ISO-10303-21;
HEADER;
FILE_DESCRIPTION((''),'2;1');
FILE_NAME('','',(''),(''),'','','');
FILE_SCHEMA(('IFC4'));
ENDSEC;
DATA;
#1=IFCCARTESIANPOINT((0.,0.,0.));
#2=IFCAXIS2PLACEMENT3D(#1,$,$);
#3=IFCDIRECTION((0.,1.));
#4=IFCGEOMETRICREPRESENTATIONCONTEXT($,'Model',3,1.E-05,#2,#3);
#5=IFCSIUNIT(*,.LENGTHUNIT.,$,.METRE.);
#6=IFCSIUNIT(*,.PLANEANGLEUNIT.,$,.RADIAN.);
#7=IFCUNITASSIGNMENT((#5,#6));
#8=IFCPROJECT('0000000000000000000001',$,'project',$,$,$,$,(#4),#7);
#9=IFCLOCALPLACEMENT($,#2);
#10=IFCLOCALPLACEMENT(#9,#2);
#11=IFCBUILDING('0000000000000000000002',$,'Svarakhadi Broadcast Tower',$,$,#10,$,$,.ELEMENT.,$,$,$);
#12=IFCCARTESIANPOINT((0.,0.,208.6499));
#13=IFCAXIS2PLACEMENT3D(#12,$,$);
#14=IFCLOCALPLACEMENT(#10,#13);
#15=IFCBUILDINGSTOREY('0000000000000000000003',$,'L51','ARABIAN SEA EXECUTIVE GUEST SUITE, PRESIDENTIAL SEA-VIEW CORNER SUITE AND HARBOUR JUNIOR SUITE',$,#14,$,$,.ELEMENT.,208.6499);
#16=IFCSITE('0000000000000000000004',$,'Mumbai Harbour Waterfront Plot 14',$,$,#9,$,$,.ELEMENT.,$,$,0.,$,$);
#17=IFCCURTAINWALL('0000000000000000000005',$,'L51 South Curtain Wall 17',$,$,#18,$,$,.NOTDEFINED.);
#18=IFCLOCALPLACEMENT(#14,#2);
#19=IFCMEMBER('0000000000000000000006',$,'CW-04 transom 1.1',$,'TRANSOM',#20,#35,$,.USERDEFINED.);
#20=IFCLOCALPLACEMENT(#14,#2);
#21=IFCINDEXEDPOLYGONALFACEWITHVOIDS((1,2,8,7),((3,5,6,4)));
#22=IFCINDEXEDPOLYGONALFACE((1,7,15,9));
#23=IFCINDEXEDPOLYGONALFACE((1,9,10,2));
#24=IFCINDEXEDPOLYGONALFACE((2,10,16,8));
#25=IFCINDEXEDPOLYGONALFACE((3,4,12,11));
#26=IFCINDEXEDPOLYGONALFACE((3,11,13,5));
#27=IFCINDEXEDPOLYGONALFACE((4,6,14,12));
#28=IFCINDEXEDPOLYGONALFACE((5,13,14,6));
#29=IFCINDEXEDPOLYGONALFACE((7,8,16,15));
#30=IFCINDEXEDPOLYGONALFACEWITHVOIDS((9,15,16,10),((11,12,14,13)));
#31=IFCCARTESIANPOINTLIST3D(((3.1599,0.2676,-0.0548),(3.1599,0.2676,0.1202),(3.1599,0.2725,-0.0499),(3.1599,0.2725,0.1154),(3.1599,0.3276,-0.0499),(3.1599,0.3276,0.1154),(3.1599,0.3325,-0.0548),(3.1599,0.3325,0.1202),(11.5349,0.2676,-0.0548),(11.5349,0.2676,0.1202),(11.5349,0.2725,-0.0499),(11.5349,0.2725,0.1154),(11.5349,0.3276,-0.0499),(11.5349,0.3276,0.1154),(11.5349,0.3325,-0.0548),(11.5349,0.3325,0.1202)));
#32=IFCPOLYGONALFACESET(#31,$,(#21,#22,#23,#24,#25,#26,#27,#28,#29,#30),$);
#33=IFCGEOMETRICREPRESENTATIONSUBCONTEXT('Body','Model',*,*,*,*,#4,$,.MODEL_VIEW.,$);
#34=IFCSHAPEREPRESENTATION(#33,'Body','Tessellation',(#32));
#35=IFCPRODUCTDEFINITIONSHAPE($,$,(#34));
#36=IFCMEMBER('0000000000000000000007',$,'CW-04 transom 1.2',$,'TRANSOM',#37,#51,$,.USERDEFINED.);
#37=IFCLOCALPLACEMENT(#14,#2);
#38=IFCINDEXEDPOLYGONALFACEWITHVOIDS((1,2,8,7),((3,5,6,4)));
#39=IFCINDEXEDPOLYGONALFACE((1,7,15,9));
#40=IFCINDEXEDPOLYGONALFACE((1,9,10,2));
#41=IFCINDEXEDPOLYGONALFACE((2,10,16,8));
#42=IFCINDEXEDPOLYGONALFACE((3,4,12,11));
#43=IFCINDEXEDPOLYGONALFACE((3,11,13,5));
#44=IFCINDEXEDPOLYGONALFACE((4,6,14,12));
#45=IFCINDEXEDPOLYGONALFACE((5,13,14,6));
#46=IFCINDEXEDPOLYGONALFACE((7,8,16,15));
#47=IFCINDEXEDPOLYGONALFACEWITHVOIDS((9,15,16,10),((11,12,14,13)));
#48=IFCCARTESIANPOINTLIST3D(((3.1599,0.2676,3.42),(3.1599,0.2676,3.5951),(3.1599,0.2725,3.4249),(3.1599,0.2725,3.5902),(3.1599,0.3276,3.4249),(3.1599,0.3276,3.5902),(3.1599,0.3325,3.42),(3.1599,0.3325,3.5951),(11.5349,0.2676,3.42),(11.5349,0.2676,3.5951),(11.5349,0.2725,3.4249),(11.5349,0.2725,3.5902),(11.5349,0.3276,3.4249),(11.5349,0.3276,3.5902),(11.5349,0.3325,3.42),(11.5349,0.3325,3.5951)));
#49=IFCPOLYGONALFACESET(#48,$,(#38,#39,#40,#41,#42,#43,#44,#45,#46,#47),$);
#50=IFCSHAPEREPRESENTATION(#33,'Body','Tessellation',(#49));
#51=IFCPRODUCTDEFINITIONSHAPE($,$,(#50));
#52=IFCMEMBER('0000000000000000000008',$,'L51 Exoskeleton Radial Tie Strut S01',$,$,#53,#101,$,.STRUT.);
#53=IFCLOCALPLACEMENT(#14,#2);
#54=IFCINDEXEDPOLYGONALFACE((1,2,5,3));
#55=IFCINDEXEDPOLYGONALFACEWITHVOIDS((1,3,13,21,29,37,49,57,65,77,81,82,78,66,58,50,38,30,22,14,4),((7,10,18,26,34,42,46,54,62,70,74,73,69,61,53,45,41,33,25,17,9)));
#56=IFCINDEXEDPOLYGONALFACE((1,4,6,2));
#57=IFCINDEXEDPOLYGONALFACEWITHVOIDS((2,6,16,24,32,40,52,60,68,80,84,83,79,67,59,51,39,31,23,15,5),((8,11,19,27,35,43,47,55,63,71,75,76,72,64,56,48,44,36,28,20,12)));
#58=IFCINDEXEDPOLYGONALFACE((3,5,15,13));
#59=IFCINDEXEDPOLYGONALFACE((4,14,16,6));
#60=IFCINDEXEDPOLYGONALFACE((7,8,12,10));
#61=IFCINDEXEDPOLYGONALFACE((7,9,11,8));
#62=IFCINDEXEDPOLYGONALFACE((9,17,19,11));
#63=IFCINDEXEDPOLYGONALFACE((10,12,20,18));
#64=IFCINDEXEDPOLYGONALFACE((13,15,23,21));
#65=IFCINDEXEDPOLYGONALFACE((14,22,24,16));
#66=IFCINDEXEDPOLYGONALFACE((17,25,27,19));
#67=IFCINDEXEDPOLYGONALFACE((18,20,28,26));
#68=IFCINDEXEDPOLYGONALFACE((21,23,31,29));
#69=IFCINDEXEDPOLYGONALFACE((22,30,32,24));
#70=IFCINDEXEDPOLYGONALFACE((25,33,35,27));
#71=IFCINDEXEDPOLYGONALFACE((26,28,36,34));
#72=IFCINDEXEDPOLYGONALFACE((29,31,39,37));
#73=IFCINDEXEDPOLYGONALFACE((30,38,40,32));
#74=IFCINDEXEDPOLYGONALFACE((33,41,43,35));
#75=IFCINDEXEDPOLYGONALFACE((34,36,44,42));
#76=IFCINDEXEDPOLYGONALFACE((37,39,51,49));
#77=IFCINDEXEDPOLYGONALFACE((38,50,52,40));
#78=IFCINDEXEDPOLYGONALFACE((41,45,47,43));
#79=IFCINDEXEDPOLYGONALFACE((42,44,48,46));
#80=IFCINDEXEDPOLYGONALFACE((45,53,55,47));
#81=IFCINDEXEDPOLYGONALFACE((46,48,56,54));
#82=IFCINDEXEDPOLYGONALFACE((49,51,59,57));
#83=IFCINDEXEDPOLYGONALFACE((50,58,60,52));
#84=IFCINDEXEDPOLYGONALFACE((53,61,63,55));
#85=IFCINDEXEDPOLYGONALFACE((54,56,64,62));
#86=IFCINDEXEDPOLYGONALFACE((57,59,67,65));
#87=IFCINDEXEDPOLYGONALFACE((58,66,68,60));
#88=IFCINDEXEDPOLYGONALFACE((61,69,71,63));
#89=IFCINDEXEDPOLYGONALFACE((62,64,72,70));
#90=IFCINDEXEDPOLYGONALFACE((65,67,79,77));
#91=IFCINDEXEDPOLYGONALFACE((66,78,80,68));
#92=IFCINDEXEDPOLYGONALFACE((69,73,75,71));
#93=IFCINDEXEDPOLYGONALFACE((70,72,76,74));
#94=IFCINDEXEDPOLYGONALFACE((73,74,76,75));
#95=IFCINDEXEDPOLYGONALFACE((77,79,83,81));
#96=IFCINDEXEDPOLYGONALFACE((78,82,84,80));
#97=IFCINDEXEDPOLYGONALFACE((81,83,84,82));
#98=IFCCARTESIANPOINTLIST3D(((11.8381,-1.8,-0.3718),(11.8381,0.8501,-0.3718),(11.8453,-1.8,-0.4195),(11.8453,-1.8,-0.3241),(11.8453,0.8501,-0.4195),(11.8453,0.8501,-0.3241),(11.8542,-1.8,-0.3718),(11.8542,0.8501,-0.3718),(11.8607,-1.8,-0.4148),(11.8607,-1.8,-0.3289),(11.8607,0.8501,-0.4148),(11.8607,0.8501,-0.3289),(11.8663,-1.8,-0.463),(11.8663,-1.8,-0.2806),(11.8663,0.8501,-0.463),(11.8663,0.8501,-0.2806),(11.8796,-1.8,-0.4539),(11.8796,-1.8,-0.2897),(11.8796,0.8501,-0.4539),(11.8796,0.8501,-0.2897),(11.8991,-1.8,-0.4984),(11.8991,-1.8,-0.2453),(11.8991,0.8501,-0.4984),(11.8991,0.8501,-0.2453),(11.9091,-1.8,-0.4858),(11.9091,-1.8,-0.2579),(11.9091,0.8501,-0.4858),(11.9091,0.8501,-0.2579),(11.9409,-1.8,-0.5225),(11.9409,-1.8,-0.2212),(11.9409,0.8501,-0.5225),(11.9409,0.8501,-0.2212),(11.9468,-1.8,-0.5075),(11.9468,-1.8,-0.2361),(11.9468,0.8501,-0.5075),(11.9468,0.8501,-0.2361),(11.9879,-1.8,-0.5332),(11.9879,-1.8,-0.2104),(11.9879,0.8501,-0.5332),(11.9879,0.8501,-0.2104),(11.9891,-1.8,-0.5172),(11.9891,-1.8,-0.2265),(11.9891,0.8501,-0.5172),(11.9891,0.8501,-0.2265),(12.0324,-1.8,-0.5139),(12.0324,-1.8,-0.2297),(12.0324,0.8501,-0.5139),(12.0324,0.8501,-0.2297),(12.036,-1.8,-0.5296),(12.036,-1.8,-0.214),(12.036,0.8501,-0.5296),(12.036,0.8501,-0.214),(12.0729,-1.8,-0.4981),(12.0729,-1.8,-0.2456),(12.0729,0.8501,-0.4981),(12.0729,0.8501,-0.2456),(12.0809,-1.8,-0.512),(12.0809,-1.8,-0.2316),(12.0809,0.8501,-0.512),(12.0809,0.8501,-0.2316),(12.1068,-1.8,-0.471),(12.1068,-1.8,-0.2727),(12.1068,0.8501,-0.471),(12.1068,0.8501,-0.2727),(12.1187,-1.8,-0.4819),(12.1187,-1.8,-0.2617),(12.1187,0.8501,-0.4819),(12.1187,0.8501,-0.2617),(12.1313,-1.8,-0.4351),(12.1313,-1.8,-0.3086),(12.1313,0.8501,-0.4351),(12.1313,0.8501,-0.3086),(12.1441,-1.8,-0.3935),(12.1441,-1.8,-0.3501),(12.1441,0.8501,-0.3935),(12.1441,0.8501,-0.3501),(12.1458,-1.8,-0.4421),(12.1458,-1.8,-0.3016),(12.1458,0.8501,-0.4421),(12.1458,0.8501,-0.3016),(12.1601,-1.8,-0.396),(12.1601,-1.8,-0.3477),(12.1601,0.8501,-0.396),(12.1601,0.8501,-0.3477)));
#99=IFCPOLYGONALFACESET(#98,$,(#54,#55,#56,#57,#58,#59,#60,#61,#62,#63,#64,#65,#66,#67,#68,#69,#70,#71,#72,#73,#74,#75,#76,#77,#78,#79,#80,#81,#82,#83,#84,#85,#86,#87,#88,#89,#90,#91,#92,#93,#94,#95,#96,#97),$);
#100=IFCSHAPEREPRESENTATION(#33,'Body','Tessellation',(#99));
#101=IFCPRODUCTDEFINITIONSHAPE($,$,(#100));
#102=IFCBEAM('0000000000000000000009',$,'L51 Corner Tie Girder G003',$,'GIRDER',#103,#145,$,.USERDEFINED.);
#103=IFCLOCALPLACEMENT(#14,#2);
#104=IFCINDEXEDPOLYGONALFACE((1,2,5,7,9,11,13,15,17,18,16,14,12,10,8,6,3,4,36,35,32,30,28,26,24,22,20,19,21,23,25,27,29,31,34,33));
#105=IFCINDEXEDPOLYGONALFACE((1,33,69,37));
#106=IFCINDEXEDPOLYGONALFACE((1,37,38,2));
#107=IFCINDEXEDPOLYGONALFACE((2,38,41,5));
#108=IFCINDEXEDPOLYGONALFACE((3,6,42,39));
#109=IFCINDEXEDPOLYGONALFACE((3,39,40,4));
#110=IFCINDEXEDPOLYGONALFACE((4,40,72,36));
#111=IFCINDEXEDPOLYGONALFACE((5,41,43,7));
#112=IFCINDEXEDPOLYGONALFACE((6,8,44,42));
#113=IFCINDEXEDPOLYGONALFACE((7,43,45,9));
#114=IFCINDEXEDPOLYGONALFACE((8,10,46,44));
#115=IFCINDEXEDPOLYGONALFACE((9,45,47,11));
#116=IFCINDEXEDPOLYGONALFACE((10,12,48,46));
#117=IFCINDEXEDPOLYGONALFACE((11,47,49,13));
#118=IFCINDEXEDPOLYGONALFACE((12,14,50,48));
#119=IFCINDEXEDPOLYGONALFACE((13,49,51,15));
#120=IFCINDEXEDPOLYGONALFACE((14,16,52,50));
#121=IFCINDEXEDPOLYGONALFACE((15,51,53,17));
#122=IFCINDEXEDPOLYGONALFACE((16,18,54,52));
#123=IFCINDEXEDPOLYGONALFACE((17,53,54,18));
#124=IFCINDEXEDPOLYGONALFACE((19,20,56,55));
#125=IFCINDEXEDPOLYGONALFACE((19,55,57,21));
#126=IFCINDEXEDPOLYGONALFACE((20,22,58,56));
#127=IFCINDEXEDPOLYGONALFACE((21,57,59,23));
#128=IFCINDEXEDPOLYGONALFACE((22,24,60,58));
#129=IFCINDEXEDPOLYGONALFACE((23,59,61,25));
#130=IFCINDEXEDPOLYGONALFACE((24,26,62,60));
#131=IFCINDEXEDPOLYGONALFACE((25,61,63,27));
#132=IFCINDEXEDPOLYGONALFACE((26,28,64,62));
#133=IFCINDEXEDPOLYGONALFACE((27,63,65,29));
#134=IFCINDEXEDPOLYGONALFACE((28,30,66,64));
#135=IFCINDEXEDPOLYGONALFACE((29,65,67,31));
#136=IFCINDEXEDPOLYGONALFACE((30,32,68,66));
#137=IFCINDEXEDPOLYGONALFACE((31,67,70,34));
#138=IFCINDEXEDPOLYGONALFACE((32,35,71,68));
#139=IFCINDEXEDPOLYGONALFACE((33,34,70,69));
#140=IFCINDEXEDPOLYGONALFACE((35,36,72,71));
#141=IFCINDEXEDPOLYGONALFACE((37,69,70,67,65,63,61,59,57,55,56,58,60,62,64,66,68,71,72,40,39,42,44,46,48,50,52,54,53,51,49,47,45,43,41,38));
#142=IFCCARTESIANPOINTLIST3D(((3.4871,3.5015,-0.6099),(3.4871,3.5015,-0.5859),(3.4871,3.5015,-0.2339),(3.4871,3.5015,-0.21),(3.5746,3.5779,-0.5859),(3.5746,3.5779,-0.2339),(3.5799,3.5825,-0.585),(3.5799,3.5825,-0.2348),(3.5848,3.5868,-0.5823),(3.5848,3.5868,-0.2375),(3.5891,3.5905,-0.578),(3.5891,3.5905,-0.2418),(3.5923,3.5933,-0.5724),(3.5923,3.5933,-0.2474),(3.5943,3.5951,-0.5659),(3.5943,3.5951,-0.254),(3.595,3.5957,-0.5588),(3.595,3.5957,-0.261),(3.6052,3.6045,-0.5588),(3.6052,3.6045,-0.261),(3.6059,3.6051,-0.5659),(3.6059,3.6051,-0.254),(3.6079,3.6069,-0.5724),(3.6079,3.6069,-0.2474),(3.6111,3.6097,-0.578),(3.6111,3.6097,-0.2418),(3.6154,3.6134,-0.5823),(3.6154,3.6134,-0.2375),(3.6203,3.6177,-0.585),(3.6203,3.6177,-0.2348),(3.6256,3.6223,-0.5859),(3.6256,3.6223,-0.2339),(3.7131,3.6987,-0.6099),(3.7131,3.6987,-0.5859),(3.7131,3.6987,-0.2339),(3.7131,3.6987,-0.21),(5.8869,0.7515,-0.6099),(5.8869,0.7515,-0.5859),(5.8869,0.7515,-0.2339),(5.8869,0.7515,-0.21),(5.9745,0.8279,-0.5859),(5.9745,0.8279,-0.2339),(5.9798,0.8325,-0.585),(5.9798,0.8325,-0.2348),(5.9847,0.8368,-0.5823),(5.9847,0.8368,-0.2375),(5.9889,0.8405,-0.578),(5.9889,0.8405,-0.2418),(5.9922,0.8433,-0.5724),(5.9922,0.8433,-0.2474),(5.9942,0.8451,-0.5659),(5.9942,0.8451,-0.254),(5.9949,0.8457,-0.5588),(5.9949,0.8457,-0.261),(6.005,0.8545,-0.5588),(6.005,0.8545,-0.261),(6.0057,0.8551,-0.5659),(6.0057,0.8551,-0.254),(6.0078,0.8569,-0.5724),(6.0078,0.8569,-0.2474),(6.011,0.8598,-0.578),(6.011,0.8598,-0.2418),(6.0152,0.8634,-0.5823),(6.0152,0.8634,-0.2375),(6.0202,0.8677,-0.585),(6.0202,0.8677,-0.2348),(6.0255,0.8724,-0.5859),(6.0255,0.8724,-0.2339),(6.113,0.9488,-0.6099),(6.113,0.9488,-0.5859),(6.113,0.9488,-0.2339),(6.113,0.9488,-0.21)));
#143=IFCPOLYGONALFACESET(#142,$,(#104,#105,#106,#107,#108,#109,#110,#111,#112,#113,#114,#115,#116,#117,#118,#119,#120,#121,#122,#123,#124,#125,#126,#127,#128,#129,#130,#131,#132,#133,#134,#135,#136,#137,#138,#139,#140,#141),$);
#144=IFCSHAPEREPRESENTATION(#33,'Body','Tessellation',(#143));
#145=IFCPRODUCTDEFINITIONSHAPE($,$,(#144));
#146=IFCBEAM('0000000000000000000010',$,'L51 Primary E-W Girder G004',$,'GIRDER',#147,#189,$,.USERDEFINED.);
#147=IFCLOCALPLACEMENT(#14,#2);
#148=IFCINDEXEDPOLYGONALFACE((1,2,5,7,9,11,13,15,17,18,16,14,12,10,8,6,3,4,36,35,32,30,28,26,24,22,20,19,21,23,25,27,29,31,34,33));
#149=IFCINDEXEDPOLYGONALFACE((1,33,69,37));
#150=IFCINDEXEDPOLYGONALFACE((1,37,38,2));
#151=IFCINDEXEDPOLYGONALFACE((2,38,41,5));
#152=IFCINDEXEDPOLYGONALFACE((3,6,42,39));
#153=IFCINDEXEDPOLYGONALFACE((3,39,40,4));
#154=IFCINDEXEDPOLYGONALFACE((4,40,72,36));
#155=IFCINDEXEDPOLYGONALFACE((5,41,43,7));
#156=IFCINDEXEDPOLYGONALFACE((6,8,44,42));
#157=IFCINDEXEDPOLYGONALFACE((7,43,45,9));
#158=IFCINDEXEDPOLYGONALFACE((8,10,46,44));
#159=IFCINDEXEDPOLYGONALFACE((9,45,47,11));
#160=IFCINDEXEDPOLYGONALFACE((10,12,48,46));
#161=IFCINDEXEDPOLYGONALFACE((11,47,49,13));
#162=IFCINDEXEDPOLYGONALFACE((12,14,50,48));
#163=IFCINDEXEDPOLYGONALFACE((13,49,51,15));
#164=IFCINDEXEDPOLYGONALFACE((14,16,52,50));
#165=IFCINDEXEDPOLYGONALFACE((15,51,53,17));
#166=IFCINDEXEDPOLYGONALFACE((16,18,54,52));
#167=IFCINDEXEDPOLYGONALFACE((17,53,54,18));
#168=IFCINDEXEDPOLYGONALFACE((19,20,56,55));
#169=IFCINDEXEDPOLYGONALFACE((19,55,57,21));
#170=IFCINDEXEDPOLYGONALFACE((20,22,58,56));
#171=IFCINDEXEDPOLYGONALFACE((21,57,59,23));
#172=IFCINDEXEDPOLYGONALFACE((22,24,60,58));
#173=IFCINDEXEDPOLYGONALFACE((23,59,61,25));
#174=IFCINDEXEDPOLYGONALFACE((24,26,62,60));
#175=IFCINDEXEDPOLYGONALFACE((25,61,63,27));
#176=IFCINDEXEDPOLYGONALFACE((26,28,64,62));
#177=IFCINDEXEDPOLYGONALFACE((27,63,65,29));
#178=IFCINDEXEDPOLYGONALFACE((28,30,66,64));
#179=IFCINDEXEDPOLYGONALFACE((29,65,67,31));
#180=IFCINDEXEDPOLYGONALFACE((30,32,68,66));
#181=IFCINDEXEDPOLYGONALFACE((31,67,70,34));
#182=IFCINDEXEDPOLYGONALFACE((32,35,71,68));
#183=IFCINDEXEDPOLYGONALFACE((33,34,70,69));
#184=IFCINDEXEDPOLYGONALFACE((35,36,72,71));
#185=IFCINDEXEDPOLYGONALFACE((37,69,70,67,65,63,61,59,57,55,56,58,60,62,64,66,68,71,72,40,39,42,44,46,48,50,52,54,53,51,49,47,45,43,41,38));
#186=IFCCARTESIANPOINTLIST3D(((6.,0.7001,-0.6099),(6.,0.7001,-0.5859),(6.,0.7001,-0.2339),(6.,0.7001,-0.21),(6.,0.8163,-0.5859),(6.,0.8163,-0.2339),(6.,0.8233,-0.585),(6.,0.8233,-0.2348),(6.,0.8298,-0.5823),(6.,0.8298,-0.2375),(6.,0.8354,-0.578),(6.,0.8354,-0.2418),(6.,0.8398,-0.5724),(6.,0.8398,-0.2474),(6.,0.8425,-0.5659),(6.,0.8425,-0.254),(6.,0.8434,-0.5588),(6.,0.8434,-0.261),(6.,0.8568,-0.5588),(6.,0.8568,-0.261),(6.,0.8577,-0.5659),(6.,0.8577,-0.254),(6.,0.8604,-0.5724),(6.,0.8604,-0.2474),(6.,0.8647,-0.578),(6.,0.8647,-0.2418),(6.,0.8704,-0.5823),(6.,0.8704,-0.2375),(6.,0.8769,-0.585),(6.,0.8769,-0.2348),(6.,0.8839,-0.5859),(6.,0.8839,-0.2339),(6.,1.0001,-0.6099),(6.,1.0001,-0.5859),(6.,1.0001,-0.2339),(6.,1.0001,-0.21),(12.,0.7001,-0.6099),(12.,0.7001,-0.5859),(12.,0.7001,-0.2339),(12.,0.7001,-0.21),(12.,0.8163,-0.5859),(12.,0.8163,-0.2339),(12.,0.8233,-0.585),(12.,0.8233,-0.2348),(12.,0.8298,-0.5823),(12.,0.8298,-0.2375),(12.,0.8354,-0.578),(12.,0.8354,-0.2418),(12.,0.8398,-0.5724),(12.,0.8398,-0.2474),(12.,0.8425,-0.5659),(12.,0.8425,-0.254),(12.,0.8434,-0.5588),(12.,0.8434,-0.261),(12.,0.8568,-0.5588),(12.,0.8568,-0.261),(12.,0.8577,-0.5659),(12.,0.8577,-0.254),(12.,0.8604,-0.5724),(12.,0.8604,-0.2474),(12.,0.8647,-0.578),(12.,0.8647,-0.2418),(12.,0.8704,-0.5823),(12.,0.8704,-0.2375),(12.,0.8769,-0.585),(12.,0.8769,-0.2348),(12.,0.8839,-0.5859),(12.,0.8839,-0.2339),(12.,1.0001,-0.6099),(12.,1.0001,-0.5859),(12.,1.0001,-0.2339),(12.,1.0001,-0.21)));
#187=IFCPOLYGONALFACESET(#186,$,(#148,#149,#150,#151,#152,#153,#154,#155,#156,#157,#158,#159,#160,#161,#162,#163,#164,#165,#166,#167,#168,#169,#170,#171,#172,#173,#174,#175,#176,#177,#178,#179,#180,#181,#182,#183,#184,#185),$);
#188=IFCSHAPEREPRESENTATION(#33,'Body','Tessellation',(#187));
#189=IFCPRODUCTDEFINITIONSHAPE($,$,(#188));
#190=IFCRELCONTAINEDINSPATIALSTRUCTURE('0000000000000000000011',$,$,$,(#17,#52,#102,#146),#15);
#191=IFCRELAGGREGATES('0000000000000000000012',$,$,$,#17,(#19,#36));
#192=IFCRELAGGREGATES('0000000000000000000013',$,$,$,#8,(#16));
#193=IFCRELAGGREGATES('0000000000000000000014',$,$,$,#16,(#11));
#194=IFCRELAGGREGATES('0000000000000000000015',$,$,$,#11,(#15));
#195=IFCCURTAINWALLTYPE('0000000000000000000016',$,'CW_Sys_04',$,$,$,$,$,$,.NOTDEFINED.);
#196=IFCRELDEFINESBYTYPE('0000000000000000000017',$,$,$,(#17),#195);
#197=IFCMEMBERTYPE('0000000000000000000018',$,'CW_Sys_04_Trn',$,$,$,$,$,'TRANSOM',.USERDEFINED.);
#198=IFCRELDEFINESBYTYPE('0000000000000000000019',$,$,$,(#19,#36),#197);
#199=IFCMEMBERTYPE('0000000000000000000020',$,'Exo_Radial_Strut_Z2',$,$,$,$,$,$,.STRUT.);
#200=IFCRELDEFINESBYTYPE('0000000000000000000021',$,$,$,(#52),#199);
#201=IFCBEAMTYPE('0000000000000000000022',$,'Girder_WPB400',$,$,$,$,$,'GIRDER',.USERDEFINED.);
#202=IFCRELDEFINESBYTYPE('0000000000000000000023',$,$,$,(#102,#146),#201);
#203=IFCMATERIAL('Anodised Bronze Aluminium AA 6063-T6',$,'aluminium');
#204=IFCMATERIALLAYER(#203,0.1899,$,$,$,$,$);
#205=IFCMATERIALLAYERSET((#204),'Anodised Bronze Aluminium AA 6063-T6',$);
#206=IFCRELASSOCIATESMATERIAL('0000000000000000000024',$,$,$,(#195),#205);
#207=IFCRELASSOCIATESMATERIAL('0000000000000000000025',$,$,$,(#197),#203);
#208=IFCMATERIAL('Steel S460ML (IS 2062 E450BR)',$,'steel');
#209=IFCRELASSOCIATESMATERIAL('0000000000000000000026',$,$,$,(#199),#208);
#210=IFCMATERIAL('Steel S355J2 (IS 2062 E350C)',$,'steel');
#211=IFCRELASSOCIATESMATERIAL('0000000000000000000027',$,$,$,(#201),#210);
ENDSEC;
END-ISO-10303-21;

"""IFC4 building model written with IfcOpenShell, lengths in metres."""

from ifc_helpers import new_model, si_unit, direction, frame, origin, origin_2d, place, context, subcontext, project, spatial, hollow_rectangle, hollow_circle, i_section, extrude, material, layer, layer_set, material_profile, profile_set, type_object, element, aggregate, save


model = new_model("IFC4")

# Units and contexts
model_context = context("Model", 3, precision=1e-05, world=origin(), true_north=direction((0.0, 1.0)))
body_context = subcontext(model_context, "Body", "Model", "MODEL_VIEW")
ifc_project = project(units=[si_unit("LENGTHUNIT", "METRE"), si_unit("PLANEANGLEUNIT", "RADIAN")], contexts=[model_context])

# Site, building, storey
site_placement = place(None, origin())
site = spatial("IfcSite", under=ifc_project, at=site_placement, Name="Mumbai Harbour Waterfront Plot 14", CompositionType="ELEMENT", RefElevation=0.0)
building_placement = place(site_placement, origin())
building = spatial("IfcBuilding", under=site, at=building_placement, Name="Svarakhadi Broadcast Tower", CompositionType="ELEMENT")
storey_placement = place(building_placement, frame((0.0, 0.0, 208.6499)))
storey = spatial("IfcBuildingStorey", under=building, at=storey_placement, Name="L51", Description="ARABIAN SEA EXECUTIVE GUEST SUITE, PRESIDENTIAL SEA-VIEW CORNER SUITE AND HARBOUR JUNIOR SUITE", CompositionType="ELEMENT", Elevation=208.6499)

# Shared definitions
ifc_material_1 = material(Name="Steel S460ML (IS 2062 E450BR)", Category="steel")

# Shared definitions
ifc_material_2 = material(Name="Steel S355J2 (IS 2062 E350C)", Category="steel")

# Curtain wall, members
ifc_material_3 = material(Name="Anodised Bronze Aluminium AA 6063-T6", Category="aluminium")
ifc_layer_1 = layer(ifc_material_3, 0.1899)
ifc_layer_set_1 = layer_set([ifc_layer_1], Name="Anodised Bronze Aluminium AA 6063-T6")
curtain_wall_type = type_object("IfcCurtainWallType", Name="CW_Sys_04", PredefinedType="NOTDEFINED", material=ifc_layer_set_1)
curtain_wall_placement = place(storey_placement, origin())
curtain_wall = element("IfcCurtainWall", 1, at=curtain_wall_placement, inside=storey, type_object=curtain_wall_type, Name="L51 South Curtain Wall 17", PredefinedType="NOTDEFINED")
ifc_material_profile_1 = material_profile(ifc_material_3, hollow_rectangle(XDim=0.0649, YDim=0.175, WallThickness=0.0049, at=origin_2d()), Name="ALU TRANSOM 175x65x5")
ifc_profile_set_1 = profile_set([ifc_material_profile_1], Name="Anodised Bronze Aluminium AA 6063-T6")
member_type_1 = type_object("IfcMemberType", Name="CW_Sys_04_Trn", ElementType="TRANSOM", PredefinedType="USERDEFINED", material=ifc_profile_set_1)
member_1_placement = place(storey_placement, frame((11.5349, 0.3, 0.0327), z_axis=(-1.0, 0.0, 0.0), x_axis=(0.0, -1.0, 0.0)))
member_1 = element("IfcMember", 2, at=member_1_placement, type_object=member_type_1, Name="CW-04 transom 1.1", ObjectType="TRANSOM", PredefinedType="USERDEFINED", context=body_context, shape_type="SweptSolid", body=[
    extrude(hollow_rectangle(XDim=0.0649, YDim=0.175, WallThickness=0.0049, at=origin_2d()), origin(), (0.0, 0.0, 1.0), 8.375),
])
member_2_placement = place(storey_placement, frame((11.5349, 0.3, 3.5076), z_axis=(-1.0, 0.0, 0.0), x_axis=(0.0, -1.0, 0.0)))
member_2 = element("IfcMember", 3, at=member_2_placement, type_object=member_type_1, Name="CW-04 transom 1.2", ObjectType="TRANSOM", PredefinedType="USERDEFINED", context=body_context, shape_type="SweptSolid", body=[
    extrude(hollow_rectangle(XDim=0.0649, YDim=0.175, WallThickness=0.0049, at=origin_2d()), origin(), (0.0, 0.0, 1.0), 8.375),
])

# Member
ifc_material_profile_2 = material_profile(ifc_material_1, hollow_circle(Radius=0.1619, WallThickness=0.0161, at=origin_2d()), Name="CHS 323.9x16")
ifc_profile_set_2 = profile_set([ifc_material_profile_2], Name="Steel S460ML (IS 2062 E450BR)")
member_type_2 = type_object("IfcMemberType", Name="Exo_Radial_Strut_Z2", PredefinedType="STRUT", material=ifc_profile_set_2)
member_3_placement = place(storey_placement, frame((12.0, -1.8, -0.3718), z_axis=(0.0, 1.0, 0.0), x_axis=(-1.0, 0.0, 0.0)))
element("IfcMember", 4, at=member_3_placement, inside=storey, type_object=member_type_2, Name="L51 Exoskeleton Radial Tie Strut S01", PredefinedType="STRUT", context=body_context, shape_type="SweptSolid", body=[
    extrude(hollow_circle(Radius=0.1619, WallThickness=0.0161, at=origin_2d()), origin(), (0.0, 0.0, 1.0), 2.6501),
])

# Beams
ifc_material_profile_3 = material_profile(ifc_material_2, i_section(OverallWidth=0.3, OverallDepth=0.3999, WebThickness=0.0134, FlangeThickness=0.0239, FilletRadius=0.0271, at=origin_2d()), Name="WPB 400x300x155")
ifc_profile_set_3 = profile_set([ifc_material_profile_3], Name="Steel S355J2 (IS 2062 E350C)")
beam_type_1 = type_object("IfcBeamType", Name="Girder_WPB400", ElementType="GIRDER", PredefinedType="USERDEFINED", material=ifc_profile_set_3)
beam_1_placement = place(storey_placement, frame((3.6001, 3.6001, -0.4099), z_axis=(0.657519, -0.753438, 0.0), x_axis=(0.753438, 0.657519, 0.0)))
element("IfcBeam", 5, at=beam_1_placement, inside=storey, type_object=beam_type_1, Name="L51 Corner Tie Girder G003", ObjectType="GIRDER", PredefinedType="USERDEFINED", context=body_context, shape_type="SweptSolid", body=[
    extrude(i_section(OverallWidth=0.3, OverallDepth=0.3999, WebThickness=0.0134, FlangeThickness=0.0239, FilletRadius=0.0271, at=origin_2d()), origin(), (0.0, 0.0, 1.0), 3.6499),
])
for number, where, z_axis, x_axis, name in (
    (6, (6.0, 0.8501, -0.4099), (1.0, 0.0, 0.0), (0.0, 1.0, 0.0), "L51 Primary E-W Girder G004"),
):
    element("IfcBeam", number, at=place(storey_placement, frame(where, z_axis=z_axis, x_axis=x_axis)), inside=storey, type_object=beam_type_1, Name=name, ObjectType="GIRDER", PredefinedType="USERDEFINED", context=body_context, shape_type="SweptSolid", body=[
        extrude(i_section(OverallWidth=0.3, OverallDepth=0.3999, WebThickness=0.0134, FlangeThickness=0.0239, FilletRadius=0.0271, at=origin_2d()), origin(), (0.0, 0.0, 1.0), 6.0),
    ])

aggregate(curtain_wall, [member_1, member_2])

save(model, "model.ifc")
